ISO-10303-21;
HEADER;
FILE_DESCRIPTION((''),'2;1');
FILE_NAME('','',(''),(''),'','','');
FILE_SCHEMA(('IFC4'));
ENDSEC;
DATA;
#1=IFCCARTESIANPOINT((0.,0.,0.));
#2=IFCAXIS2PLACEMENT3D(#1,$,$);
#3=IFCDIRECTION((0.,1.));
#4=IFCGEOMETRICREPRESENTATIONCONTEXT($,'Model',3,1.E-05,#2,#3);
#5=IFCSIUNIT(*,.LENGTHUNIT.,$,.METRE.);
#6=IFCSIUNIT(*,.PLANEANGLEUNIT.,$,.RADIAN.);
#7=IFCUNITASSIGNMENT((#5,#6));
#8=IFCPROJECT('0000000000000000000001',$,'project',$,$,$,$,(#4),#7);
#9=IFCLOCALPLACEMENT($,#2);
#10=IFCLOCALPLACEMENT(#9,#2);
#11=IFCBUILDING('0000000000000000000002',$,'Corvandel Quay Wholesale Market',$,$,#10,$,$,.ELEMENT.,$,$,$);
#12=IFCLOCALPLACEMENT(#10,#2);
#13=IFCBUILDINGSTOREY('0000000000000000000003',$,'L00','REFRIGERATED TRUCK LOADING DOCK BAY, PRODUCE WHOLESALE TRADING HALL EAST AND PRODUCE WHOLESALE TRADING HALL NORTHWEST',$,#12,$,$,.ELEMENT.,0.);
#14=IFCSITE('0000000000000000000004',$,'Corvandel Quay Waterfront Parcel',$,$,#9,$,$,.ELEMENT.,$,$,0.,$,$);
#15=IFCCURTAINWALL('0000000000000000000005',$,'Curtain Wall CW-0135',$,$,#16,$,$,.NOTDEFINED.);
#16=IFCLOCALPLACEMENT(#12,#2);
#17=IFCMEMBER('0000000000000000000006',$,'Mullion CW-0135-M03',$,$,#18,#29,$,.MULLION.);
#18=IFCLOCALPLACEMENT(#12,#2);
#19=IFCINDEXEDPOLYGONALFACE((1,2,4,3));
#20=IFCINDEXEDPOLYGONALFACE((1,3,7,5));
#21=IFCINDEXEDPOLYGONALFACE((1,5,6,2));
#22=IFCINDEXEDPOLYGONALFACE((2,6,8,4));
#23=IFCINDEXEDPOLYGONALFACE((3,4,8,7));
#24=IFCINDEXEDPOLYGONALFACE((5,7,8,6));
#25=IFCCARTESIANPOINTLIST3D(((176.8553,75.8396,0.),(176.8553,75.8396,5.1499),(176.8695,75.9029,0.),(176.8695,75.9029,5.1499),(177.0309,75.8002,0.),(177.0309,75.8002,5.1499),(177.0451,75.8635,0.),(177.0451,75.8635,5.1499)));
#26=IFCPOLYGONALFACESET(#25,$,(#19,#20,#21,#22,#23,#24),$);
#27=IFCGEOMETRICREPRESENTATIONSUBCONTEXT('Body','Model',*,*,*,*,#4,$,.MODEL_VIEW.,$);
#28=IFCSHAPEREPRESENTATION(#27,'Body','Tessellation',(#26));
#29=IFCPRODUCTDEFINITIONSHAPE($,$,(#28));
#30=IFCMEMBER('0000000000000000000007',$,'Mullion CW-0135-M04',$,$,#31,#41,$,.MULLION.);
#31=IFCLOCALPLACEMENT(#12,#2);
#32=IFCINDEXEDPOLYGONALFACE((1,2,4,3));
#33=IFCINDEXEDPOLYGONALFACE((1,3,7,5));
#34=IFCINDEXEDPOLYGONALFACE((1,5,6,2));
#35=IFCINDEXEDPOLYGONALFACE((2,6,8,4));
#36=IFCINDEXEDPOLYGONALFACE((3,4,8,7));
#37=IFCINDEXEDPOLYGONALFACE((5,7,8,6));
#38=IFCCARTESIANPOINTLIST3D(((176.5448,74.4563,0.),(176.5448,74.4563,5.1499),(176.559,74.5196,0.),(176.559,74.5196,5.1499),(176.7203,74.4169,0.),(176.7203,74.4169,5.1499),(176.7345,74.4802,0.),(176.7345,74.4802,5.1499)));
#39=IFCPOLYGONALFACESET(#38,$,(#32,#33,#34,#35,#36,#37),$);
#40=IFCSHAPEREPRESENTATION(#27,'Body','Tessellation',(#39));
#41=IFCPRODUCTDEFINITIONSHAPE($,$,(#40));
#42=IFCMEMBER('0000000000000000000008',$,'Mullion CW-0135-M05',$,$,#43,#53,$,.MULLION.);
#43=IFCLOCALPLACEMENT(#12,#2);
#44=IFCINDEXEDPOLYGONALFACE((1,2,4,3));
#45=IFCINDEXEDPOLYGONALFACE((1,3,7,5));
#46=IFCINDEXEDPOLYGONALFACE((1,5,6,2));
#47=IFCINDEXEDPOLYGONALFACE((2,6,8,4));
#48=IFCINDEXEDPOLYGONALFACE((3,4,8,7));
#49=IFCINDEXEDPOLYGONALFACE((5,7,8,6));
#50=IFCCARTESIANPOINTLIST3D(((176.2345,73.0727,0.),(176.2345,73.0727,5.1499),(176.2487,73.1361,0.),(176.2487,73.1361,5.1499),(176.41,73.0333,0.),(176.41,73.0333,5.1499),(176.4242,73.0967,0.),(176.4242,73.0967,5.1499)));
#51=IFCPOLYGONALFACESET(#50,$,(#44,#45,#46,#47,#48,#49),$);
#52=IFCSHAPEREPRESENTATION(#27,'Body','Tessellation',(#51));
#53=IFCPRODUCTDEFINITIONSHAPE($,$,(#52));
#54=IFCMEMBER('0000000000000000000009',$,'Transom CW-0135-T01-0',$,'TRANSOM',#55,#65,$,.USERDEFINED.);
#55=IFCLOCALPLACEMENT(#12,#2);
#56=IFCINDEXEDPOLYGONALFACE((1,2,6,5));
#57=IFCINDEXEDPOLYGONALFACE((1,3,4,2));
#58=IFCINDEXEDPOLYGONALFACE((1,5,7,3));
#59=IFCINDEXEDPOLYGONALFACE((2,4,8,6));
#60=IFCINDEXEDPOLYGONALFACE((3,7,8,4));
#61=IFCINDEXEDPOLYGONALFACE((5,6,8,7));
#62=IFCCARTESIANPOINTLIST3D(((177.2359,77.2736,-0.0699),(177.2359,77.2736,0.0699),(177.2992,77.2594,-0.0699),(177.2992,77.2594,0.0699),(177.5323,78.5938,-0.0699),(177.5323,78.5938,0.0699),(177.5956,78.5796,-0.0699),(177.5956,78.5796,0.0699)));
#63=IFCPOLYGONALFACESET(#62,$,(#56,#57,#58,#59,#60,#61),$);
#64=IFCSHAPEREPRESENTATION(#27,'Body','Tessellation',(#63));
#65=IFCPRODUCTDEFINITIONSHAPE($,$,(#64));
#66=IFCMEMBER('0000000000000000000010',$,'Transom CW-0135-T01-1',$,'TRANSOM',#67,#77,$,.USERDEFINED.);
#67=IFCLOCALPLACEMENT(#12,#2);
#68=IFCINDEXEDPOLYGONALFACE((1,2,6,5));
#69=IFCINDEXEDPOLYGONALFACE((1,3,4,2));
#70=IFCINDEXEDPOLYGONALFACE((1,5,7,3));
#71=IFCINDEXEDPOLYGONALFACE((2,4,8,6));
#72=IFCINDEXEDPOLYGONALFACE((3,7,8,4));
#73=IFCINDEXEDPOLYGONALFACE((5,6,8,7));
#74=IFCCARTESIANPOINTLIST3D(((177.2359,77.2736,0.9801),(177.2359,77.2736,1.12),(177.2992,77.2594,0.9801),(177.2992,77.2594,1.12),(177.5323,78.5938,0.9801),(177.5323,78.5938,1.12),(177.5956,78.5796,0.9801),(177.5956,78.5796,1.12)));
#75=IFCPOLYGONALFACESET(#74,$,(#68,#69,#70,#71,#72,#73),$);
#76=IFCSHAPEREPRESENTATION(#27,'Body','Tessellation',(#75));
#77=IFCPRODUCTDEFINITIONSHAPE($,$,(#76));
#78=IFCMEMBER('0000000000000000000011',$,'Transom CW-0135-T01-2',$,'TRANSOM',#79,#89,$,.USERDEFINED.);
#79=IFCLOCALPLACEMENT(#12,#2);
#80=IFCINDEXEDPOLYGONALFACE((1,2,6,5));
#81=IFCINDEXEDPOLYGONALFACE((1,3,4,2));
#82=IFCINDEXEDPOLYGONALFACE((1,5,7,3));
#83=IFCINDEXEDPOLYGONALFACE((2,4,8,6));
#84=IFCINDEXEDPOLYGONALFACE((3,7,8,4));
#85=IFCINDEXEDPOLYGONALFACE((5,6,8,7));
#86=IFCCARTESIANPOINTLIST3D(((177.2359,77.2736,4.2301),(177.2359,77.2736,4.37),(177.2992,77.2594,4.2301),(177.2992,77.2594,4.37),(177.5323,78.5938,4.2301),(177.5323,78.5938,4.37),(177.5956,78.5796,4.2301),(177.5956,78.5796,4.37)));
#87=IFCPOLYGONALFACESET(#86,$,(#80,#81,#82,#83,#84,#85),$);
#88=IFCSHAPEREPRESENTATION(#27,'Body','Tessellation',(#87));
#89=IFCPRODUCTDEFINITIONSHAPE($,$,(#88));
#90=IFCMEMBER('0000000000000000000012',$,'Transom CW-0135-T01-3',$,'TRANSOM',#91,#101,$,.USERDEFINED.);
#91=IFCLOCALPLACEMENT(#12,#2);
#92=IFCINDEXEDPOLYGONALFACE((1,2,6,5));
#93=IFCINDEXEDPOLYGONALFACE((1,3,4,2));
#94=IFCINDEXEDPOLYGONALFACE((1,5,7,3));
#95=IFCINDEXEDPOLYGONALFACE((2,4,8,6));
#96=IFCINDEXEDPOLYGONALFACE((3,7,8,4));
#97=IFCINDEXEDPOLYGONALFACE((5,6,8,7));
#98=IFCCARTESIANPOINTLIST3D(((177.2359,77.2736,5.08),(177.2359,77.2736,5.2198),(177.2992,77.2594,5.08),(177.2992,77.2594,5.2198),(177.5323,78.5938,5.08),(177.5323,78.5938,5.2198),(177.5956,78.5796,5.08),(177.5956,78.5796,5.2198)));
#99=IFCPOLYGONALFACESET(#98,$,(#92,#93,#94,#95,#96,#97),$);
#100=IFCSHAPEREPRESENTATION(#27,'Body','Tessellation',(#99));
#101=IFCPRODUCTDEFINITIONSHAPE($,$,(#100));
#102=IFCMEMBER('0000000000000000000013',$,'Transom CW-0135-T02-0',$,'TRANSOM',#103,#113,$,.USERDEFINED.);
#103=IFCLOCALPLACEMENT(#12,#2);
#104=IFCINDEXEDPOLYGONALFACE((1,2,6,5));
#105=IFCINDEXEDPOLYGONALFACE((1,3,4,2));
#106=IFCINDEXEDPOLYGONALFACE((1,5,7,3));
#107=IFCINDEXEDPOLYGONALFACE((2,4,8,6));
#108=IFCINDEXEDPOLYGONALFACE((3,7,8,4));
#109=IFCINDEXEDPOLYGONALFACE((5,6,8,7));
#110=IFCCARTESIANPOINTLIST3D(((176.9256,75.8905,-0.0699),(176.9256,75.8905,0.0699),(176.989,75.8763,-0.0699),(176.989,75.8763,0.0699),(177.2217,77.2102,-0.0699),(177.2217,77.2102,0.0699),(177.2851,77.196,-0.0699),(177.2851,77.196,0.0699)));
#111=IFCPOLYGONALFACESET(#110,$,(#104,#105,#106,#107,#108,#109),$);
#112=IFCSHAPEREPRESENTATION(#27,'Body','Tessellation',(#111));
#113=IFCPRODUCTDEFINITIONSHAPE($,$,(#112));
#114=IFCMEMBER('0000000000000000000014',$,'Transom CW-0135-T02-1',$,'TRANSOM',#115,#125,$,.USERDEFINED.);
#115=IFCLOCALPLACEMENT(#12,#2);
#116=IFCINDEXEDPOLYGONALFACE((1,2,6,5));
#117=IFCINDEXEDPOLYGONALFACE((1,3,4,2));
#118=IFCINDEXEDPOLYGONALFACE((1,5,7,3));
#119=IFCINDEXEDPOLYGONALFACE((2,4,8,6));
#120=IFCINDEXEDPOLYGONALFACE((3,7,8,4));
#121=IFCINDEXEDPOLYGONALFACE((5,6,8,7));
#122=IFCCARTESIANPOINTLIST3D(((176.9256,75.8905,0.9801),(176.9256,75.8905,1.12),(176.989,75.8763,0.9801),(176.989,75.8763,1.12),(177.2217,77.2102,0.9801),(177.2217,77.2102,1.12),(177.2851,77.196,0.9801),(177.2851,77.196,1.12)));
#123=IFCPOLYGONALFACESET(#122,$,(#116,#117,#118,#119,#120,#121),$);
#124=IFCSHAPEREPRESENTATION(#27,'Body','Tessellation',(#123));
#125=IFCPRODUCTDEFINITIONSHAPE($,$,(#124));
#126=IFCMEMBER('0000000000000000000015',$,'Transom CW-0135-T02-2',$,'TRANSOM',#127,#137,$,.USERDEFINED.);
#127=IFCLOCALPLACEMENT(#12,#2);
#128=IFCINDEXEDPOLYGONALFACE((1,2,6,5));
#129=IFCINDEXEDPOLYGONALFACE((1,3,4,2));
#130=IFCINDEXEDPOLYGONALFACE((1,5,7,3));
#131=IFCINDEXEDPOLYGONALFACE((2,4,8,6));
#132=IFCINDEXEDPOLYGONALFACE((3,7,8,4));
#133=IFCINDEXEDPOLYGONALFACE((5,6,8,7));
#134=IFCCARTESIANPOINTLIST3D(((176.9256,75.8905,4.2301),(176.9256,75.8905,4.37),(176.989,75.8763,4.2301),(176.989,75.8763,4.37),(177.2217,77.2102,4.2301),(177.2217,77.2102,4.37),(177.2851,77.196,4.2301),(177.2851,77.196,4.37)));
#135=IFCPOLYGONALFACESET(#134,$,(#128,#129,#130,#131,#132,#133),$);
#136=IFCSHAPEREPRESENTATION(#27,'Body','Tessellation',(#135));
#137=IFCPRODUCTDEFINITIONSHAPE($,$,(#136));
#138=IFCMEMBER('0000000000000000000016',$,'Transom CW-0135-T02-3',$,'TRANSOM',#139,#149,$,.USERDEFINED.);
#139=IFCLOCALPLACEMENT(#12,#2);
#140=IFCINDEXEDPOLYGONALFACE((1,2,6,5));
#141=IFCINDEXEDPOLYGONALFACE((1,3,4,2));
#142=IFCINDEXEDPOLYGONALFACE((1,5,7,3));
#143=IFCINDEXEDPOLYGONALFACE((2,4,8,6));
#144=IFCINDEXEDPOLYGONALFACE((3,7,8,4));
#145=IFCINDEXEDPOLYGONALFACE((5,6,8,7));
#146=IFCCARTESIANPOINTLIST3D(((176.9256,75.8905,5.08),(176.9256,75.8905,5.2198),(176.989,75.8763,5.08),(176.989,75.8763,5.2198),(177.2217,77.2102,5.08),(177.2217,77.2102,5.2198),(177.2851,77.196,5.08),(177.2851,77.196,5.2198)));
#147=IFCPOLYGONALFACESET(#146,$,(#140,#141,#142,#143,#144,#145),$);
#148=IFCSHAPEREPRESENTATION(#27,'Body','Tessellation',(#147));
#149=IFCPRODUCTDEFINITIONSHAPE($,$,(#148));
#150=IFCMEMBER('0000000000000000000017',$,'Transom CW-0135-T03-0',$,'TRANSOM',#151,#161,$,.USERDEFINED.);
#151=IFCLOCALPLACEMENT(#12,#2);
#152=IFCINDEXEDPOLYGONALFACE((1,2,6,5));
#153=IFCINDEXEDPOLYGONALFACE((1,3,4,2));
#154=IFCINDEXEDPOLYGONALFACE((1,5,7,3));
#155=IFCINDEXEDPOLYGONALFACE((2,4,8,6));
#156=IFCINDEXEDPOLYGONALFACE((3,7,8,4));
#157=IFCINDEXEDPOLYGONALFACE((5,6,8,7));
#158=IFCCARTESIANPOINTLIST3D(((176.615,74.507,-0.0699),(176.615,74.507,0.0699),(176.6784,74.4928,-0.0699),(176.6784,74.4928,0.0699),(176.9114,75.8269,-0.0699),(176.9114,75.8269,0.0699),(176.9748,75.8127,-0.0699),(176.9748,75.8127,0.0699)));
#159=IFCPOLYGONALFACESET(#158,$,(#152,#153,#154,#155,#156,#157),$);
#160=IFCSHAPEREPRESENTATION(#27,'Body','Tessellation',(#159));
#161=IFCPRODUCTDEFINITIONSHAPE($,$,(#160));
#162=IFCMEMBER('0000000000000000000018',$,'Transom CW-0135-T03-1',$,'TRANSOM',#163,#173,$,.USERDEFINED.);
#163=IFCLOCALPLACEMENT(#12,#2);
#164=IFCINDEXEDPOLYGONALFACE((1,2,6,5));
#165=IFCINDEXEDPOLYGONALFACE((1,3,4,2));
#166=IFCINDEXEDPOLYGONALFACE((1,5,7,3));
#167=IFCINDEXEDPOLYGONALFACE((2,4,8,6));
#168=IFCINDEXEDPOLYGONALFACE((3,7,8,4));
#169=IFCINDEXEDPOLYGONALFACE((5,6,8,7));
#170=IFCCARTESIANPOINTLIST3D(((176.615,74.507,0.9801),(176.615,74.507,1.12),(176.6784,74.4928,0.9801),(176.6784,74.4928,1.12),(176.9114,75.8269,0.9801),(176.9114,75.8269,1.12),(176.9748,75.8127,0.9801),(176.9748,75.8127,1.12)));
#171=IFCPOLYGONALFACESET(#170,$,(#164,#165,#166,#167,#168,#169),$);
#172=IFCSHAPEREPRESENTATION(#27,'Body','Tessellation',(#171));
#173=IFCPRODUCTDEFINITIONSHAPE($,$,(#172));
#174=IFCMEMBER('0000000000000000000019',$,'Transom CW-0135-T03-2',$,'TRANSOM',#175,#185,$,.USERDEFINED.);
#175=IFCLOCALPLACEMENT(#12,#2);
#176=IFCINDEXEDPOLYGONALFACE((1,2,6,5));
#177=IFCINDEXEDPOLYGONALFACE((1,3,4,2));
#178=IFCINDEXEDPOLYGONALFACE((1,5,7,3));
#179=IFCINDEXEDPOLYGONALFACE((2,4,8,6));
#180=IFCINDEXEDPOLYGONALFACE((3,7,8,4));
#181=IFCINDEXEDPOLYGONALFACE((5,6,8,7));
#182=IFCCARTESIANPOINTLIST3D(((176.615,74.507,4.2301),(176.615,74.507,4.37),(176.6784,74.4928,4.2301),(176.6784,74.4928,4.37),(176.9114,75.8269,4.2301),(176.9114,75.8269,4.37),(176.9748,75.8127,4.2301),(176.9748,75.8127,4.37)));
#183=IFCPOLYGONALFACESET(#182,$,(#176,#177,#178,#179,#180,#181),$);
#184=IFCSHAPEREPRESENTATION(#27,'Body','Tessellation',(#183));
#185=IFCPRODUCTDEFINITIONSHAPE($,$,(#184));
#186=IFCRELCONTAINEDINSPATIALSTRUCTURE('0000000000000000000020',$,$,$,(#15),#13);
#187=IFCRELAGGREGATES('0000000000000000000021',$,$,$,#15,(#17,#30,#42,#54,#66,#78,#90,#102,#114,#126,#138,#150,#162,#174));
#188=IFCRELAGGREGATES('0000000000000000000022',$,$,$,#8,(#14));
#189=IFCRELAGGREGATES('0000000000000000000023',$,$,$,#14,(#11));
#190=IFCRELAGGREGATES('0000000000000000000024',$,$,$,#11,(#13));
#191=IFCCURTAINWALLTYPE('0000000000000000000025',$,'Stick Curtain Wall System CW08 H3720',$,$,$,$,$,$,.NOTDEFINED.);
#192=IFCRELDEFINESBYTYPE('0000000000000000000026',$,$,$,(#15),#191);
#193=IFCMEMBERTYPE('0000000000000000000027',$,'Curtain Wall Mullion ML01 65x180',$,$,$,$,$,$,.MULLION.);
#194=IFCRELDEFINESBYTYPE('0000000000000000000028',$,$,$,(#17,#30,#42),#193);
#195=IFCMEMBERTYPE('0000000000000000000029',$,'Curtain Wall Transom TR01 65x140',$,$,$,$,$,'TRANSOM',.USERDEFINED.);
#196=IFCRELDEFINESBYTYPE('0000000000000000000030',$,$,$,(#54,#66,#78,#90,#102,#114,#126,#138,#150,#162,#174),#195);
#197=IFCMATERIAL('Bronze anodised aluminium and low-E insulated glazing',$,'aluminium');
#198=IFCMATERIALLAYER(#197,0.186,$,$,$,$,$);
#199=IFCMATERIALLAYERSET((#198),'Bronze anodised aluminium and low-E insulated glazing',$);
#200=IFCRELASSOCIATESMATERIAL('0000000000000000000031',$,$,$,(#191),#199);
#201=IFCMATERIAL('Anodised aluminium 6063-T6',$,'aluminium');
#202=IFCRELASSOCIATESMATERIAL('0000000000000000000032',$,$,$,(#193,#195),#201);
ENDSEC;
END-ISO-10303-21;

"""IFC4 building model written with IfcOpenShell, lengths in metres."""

from ifc_helpers import new_model, si_unit, direction, frame, origin, origin_2d, place, context, subcontext, project, spatial, rectangle, extrude, material, layer, layer_set, material_profile, profile_set, type_object, element, aggregate, save


model = new_model("IFC4")

# Units and contexts
model_context = context("Model", 3, precision=1e-05, world=origin(), true_north=direction((0.0, 1.0)))
body_context = subcontext(model_context, "Body", "Model", "MODEL_VIEW")
ifc_project = project(units=[si_unit("LENGTHUNIT", "METRE"), si_unit("PLANEANGLEUNIT", "RADIAN")], contexts=[model_context])

# Site, building, storey
site_placement = place(None, origin())
site = spatial("IfcSite", under=ifc_project, at=site_placement, Name="Corvandel Quay Waterfront Parcel", CompositionType="ELEMENT", RefElevation=0.0)
building_placement = place(site_placement, origin())
building = spatial("IfcBuilding", under=site, at=building_placement, Name="Corvandel Quay Wholesale Market", CompositionType="ELEMENT")
storey_placement = place(building_placement, origin())
storey = spatial("IfcBuildingStorey", under=building, at=storey_placement, Name="L00", Description="REFRIGERATED TRUCK LOADING DOCK BAY, PRODUCE WHOLESALE TRADING HALL EAST AND PRODUCE WHOLESALE TRADING HALL NORTHWEST", CompositionType="ELEMENT", Elevation=0.0)

# Curtain wall, members
ifc_material_1 = material(Name="Bronze anodised aluminium and low-E insulated glazing", Category="aluminium")
ifc_layer_1 = layer(ifc_material_1, 0.186)
ifc_layer_set_1 = layer_set([ifc_layer_1], Name="Bronze anodised aluminium and low-E insulated glazing")
curtain_wall_type = type_object("IfcCurtainWallType", Name="Stick Curtain Wall System CW08 H3720", PredefinedType="NOTDEFINED", material=ifc_layer_set_1)
curtain_wall_placement = place(storey_placement, origin())
curtain_wall = element("IfcCurtainWall", 1, at=curtain_wall_placement, inside=storey, type_object=curtain_wall_type, Name="Curtain Wall CW-0135", PredefinedType="NOTDEFINED")
ifc_material_2 = material(Name="Anodised aluminium 6063-T6", Category="aluminium")
ifc_material_profile_1 = material_profile(ifc_material_2, rectangle(XDim=0.0649, YDim=0.1799, at=origin_2d()), Name="ALU-MUL-65x180")
ifc_profile_set_1 = profile_set([ifc_material_profile_1], Name="Anodised aluminium 6063-T6")
member_type_1 = type_object("IfcMemberType", Name="Curtain Wall Mullion ML01 65x180", PredefinedType="MULLION", material=ifc_profile_set_1)
member_1_placement = place(storey_placement, frame((176.9502, 75.8516, 0.0), z_axis=(0.0, 0.0, 1.0), x_axis=(0.218995, 0.975726, 0.0)))
member_1 = element("IfcMember", 2, at=member_1_placement, type_object=member_type_1, Name="Mullion CW-0135-M03", PredefinedType="MULLION", context=body_context, shape_type="SweptSolid", body=[
    extrude(rectangle(XDim=0.0649, YDim=0.1799, at=origin_2d()), origin(), (0.0, 0.0, 1.0), 5.1499),
])
member_2_placement = place(storey_placement, frame((176.6396, 74.4683, 0.0), z_axis=(0.0, 0.0, 1.0), x_axis=(0.218995, 0.975726, 0.0)))
member_2 = element("IfcMember", 3, at=member_2_placement, type_object=member_type_1, Name="Mullion CW-0135-M04", PredefinedType="MULLION", context=body_context, shape_type="SweptSolid", body=[
    extrude(rectangle(XDim=0.0649, YDim=0.1799, at=origin_2d()), origin(), (0.0, 0.0, 1.0), 5.1499),
])
member_3_placement = place(storey_placement, frame((176.3293, 73.0847, 0.0), z_axis=(0.0, 0.0, 1.0), x_axis=(0.218995, 0.975726, 0.0)))
member_3 = element("IfcMember", 4, at=member_3_placement, type_object=member_type_1, Name="Mullion CW-0135-M05", PredefinedType="MULLION", context=body_context, shape_type="SweptSolid", body=[
    extrude(rectangle(XDim=0.0649, YDim=0.1799, at=origin_2d()), origin(), (0.0, 0.0, 1.0), 5.1499),
])
ifc_material_profile_2 = material_profile(ifc_material_2, rectangle(XDim=0.0649, YDim=0.1399, at=origin_2d()), Name="ALU-TRN-65x140")
ifc_profile_set_2 = profile_set([ifc_material_profile_2], Name="Anodised aluminium 6063-T6")
member_type_2 = type_object("IfcMemberType", Name="Curtain Wall Transom TR01 65x140", ElementType="TRANSOM", PredefinedType="USERDEFINED", material=ifc_profile_set_2)
member_4_placement = place(storey_placement, frame((177.564, 78.5867, 0.0), z_axis=(-0.21907, -0.975709, 0.0), x_axis=(0.975709, -0.21907, 0.0)))
member_4 = element("IfcMember", 5, at=member_4_placement, type_object=member_type_2, Name="Transom CW-0135-T01-0", ObjectType="TRANSOM", PredefinedType="USERDEFINED", context=body_context, shape_type="SweptSolid", body=[
    extrude(rectangle(XDim=0.0649, YDim=0.1399, at=origin_2d()), origin(), (0.0, 0.0, 1.0), 1.353),
])
member_5_placement = place(storey_placement, frame((177.564, 78.5867, 1.05), z_axis=(-0.21907, -0.975709, 0.0), x_axis=(0.975709, -0.21907, 0.0)))
member_5 = element("IfcMember", 6, at=member_5_placement, type_object=member_type_2, Name="Transom CW-0135-T01-1", ObjectType="TRANSOM", PredefinedType="USERDEFINED", context=body_context, shape_type="SweptSolid", body=[
    extrude(rectangle(XDim=0.0649, YDim=0.1399, at=origin_2d()), origin(), (0.0, 0.0, 1.0), 1.353),
])
member_6_placement = place(storey_placement, frame((177.564, 78.5867, 4.3), z_axis=(-0.21907, -0.975709, 0.0), x_axis=(0.975709, -0.21907, 0.0)))
member_6 = element("IfcMember", 7, at=member_6_placement, type_object=member_type_2, Name="Transom CW-0135-T01-2", ObjectType="TRANSOM", PredefinedType="USERDEFINED", context=body_context, shape_type="SweptSolid", body=[
    extrude(rectangle(XDim=0.0649, YDim=0.1399, at=origin_2d()), origin(), (0.0, 0.0, 1.0), 1.353),
])
member_7_placement = place(storey_placement, frame((177.564, 78.5867, 5.1499), z_axis=(-0.21907, -0.975709, 0.0), x_axis=(0.975709, -0.21907, 0.0)))
member_7 = element("IfcMember", 8, at=member_7_placement, type_object=member_type_2, Name="Transom CW-0135-T01-3", ObjectType="TRANSOM", PredefinedType="USERDEFINED", context=body_context, shape_type="SweptSolid", body=[
    extrude(rectangle(XDim=0.0649, YDim=0.1399, at=origin_2d()), origin(), (0.0, 0.0, 1.0), 1.353),
])
member_8_placement = place(storey_placement, frame((177.2534, 77.2031, 0.0), z_axis=(-0.218937, -0.975739, 0.0), x_axis=(0.975739, -0.218937, 0.0)))
member_8 = element("IfcMember", 9, at=member_8_placement, type_object=member_type_2, Name="Transom CW-0135-T02-0", ObjectType="TRANSOM", PredefinedType="USERDEFINED", context=body_context, shape_type="SweptSolid", body=[
    extrude(rectangle(XDim=0.0649, YDim=0.1399, at=origin_2d()), origin(), (0.0, 0.0, 1.0), 1.3525),
])
member_9_placement = place(storey_placement, frame((177.2534, 77.2031, 1.05), z_axis=(-0.218937, -0.975739, 0.0), x_axis=(0.975739, -0.218937, 0.0)))
member_9 = element("IfcMember", 10, at=member_9_placement, type_object=member_type_2, Name="Transom CW-0135-T02-1", ObjectType="TRANSOM", PredefinedType="USERDEFINED", context=body_context, shape_type="SweptSolid", body=[
    extrude(rectangle(XDim=0.0649, YDim=0.1399, at=origin_2d()), origin(), (0.0, 0.0, 1.0), 1.3525),
])
member_10_placement = place(storey_placement, frame((177.2534, 77.2031, 4.3), z_axis=(-0.218937, -0.975739, 0.0), x_axis=(0.975739, -0.218937, 0.0)))
member_10 = element("IfcMember", 11, at=member_10_placement, type_object=member_type_2, Name="Transom CW-0135-T02-2", ObjectType="TRANSOM", PredefinedType="USERDEFINED", context=body_context, shape_type="SweptSolid", body=[
    extrude(rectangle(XDim=0.0649, YDim=0.1399, at=origin_2d()), origin(), (0.0, 0.0, 1.0), 1.3525),
])
member_11_placement = place(storey_placement, frame((177.2534, 77.2031, 5.1499), z_axis=(-0.218937, -0.975739, 0.0), x_axis=(0.975739, -0.218937, 0.0)))
member_11 = element("IfcMember", 12, at=member_11_placement, type_object=member_type_2, Name="Transom CW-0135-T02-3", ObjectType="TRANSOM", PredefinedType="USERDEFINED", context=body_context, shape_type="SweptSolid", body=[
    extrude(rectangle(XDim=0.0649, YDim=0.1399, at=origin_2d()), origin(), (0.0, 0.0, 1.0), 1.3525),
])
member_12_placement = place(storey_placement, frame((176.9431, 75.8198, 0.0), z_axis=(-0.219108, -0.975701, 0.0), x_axis=(0.975701, -0.219108, 0.0)))
member_12 = element("IfcMember", 13, at=member_12_placement, type_object=member_type_2, Name="Transom CW-0135-T03-0", ObjectType="TRANSOM", PredefinedType="USERDEFINED", context=body_context, shape_type="SweptSolid", body=[
    extrude(rectangle(XDim=0.0649, YDim=0.1399, at=origin_2d()), origin(), (0.0, 0.0, 1.0), 1.3528),
])
member_13_placement = place(storey_placement, frame((176.9431, 75.8198, 1.05), z_axis=(-0.219108, -0.975701, 0.0), x_axis=(0.975701, -0.219108, 0.0)))
member_13 = element("IfcMember", 14, at=member_13_placement, type_object=member_type_2, Name="Transom CW-0135-T03-1", ObjectType="TRANSOM", PredefinedType="USERDEFINED", context=body_context, shape_type="SweptSolid", body=[
    extrude(rectangle(XDim=0.0649, YDim=0.1399, at=origin_2d()), origin(), (0.0, 0.0, 1.0), 1.3528),
])
member_14_placement = place(storey_placement, frame((176.9431, 75.8198, 4.3), z_axis=(-0.219108, -0.975701, 0.0), x_axis=(0.975701, -0.219108, 0.0)))
member_14 = element("IfcMember", 15, at=member_14_placement, type_object=member_type_2, Name="Transom CW-0135-T03-2", ObjectType="TRANSOM", PredefinedType="USERDEFINED", context=body_context, shape_type="SweptSolid", body=[
    extrude(rectangle(XDim=0.0649, YDim=0.1399, at=origin_2d()), origin(), (0.0, 0.0, 1.0), 1.3528),
])
aggregate(curtain_wall, [member_1, member_2, member_3, member_4, member_5, member_6, member_7, member_8, member_9, member_10, member_11, member_12, member_13, member_14])

save(model, "model.ifc")
